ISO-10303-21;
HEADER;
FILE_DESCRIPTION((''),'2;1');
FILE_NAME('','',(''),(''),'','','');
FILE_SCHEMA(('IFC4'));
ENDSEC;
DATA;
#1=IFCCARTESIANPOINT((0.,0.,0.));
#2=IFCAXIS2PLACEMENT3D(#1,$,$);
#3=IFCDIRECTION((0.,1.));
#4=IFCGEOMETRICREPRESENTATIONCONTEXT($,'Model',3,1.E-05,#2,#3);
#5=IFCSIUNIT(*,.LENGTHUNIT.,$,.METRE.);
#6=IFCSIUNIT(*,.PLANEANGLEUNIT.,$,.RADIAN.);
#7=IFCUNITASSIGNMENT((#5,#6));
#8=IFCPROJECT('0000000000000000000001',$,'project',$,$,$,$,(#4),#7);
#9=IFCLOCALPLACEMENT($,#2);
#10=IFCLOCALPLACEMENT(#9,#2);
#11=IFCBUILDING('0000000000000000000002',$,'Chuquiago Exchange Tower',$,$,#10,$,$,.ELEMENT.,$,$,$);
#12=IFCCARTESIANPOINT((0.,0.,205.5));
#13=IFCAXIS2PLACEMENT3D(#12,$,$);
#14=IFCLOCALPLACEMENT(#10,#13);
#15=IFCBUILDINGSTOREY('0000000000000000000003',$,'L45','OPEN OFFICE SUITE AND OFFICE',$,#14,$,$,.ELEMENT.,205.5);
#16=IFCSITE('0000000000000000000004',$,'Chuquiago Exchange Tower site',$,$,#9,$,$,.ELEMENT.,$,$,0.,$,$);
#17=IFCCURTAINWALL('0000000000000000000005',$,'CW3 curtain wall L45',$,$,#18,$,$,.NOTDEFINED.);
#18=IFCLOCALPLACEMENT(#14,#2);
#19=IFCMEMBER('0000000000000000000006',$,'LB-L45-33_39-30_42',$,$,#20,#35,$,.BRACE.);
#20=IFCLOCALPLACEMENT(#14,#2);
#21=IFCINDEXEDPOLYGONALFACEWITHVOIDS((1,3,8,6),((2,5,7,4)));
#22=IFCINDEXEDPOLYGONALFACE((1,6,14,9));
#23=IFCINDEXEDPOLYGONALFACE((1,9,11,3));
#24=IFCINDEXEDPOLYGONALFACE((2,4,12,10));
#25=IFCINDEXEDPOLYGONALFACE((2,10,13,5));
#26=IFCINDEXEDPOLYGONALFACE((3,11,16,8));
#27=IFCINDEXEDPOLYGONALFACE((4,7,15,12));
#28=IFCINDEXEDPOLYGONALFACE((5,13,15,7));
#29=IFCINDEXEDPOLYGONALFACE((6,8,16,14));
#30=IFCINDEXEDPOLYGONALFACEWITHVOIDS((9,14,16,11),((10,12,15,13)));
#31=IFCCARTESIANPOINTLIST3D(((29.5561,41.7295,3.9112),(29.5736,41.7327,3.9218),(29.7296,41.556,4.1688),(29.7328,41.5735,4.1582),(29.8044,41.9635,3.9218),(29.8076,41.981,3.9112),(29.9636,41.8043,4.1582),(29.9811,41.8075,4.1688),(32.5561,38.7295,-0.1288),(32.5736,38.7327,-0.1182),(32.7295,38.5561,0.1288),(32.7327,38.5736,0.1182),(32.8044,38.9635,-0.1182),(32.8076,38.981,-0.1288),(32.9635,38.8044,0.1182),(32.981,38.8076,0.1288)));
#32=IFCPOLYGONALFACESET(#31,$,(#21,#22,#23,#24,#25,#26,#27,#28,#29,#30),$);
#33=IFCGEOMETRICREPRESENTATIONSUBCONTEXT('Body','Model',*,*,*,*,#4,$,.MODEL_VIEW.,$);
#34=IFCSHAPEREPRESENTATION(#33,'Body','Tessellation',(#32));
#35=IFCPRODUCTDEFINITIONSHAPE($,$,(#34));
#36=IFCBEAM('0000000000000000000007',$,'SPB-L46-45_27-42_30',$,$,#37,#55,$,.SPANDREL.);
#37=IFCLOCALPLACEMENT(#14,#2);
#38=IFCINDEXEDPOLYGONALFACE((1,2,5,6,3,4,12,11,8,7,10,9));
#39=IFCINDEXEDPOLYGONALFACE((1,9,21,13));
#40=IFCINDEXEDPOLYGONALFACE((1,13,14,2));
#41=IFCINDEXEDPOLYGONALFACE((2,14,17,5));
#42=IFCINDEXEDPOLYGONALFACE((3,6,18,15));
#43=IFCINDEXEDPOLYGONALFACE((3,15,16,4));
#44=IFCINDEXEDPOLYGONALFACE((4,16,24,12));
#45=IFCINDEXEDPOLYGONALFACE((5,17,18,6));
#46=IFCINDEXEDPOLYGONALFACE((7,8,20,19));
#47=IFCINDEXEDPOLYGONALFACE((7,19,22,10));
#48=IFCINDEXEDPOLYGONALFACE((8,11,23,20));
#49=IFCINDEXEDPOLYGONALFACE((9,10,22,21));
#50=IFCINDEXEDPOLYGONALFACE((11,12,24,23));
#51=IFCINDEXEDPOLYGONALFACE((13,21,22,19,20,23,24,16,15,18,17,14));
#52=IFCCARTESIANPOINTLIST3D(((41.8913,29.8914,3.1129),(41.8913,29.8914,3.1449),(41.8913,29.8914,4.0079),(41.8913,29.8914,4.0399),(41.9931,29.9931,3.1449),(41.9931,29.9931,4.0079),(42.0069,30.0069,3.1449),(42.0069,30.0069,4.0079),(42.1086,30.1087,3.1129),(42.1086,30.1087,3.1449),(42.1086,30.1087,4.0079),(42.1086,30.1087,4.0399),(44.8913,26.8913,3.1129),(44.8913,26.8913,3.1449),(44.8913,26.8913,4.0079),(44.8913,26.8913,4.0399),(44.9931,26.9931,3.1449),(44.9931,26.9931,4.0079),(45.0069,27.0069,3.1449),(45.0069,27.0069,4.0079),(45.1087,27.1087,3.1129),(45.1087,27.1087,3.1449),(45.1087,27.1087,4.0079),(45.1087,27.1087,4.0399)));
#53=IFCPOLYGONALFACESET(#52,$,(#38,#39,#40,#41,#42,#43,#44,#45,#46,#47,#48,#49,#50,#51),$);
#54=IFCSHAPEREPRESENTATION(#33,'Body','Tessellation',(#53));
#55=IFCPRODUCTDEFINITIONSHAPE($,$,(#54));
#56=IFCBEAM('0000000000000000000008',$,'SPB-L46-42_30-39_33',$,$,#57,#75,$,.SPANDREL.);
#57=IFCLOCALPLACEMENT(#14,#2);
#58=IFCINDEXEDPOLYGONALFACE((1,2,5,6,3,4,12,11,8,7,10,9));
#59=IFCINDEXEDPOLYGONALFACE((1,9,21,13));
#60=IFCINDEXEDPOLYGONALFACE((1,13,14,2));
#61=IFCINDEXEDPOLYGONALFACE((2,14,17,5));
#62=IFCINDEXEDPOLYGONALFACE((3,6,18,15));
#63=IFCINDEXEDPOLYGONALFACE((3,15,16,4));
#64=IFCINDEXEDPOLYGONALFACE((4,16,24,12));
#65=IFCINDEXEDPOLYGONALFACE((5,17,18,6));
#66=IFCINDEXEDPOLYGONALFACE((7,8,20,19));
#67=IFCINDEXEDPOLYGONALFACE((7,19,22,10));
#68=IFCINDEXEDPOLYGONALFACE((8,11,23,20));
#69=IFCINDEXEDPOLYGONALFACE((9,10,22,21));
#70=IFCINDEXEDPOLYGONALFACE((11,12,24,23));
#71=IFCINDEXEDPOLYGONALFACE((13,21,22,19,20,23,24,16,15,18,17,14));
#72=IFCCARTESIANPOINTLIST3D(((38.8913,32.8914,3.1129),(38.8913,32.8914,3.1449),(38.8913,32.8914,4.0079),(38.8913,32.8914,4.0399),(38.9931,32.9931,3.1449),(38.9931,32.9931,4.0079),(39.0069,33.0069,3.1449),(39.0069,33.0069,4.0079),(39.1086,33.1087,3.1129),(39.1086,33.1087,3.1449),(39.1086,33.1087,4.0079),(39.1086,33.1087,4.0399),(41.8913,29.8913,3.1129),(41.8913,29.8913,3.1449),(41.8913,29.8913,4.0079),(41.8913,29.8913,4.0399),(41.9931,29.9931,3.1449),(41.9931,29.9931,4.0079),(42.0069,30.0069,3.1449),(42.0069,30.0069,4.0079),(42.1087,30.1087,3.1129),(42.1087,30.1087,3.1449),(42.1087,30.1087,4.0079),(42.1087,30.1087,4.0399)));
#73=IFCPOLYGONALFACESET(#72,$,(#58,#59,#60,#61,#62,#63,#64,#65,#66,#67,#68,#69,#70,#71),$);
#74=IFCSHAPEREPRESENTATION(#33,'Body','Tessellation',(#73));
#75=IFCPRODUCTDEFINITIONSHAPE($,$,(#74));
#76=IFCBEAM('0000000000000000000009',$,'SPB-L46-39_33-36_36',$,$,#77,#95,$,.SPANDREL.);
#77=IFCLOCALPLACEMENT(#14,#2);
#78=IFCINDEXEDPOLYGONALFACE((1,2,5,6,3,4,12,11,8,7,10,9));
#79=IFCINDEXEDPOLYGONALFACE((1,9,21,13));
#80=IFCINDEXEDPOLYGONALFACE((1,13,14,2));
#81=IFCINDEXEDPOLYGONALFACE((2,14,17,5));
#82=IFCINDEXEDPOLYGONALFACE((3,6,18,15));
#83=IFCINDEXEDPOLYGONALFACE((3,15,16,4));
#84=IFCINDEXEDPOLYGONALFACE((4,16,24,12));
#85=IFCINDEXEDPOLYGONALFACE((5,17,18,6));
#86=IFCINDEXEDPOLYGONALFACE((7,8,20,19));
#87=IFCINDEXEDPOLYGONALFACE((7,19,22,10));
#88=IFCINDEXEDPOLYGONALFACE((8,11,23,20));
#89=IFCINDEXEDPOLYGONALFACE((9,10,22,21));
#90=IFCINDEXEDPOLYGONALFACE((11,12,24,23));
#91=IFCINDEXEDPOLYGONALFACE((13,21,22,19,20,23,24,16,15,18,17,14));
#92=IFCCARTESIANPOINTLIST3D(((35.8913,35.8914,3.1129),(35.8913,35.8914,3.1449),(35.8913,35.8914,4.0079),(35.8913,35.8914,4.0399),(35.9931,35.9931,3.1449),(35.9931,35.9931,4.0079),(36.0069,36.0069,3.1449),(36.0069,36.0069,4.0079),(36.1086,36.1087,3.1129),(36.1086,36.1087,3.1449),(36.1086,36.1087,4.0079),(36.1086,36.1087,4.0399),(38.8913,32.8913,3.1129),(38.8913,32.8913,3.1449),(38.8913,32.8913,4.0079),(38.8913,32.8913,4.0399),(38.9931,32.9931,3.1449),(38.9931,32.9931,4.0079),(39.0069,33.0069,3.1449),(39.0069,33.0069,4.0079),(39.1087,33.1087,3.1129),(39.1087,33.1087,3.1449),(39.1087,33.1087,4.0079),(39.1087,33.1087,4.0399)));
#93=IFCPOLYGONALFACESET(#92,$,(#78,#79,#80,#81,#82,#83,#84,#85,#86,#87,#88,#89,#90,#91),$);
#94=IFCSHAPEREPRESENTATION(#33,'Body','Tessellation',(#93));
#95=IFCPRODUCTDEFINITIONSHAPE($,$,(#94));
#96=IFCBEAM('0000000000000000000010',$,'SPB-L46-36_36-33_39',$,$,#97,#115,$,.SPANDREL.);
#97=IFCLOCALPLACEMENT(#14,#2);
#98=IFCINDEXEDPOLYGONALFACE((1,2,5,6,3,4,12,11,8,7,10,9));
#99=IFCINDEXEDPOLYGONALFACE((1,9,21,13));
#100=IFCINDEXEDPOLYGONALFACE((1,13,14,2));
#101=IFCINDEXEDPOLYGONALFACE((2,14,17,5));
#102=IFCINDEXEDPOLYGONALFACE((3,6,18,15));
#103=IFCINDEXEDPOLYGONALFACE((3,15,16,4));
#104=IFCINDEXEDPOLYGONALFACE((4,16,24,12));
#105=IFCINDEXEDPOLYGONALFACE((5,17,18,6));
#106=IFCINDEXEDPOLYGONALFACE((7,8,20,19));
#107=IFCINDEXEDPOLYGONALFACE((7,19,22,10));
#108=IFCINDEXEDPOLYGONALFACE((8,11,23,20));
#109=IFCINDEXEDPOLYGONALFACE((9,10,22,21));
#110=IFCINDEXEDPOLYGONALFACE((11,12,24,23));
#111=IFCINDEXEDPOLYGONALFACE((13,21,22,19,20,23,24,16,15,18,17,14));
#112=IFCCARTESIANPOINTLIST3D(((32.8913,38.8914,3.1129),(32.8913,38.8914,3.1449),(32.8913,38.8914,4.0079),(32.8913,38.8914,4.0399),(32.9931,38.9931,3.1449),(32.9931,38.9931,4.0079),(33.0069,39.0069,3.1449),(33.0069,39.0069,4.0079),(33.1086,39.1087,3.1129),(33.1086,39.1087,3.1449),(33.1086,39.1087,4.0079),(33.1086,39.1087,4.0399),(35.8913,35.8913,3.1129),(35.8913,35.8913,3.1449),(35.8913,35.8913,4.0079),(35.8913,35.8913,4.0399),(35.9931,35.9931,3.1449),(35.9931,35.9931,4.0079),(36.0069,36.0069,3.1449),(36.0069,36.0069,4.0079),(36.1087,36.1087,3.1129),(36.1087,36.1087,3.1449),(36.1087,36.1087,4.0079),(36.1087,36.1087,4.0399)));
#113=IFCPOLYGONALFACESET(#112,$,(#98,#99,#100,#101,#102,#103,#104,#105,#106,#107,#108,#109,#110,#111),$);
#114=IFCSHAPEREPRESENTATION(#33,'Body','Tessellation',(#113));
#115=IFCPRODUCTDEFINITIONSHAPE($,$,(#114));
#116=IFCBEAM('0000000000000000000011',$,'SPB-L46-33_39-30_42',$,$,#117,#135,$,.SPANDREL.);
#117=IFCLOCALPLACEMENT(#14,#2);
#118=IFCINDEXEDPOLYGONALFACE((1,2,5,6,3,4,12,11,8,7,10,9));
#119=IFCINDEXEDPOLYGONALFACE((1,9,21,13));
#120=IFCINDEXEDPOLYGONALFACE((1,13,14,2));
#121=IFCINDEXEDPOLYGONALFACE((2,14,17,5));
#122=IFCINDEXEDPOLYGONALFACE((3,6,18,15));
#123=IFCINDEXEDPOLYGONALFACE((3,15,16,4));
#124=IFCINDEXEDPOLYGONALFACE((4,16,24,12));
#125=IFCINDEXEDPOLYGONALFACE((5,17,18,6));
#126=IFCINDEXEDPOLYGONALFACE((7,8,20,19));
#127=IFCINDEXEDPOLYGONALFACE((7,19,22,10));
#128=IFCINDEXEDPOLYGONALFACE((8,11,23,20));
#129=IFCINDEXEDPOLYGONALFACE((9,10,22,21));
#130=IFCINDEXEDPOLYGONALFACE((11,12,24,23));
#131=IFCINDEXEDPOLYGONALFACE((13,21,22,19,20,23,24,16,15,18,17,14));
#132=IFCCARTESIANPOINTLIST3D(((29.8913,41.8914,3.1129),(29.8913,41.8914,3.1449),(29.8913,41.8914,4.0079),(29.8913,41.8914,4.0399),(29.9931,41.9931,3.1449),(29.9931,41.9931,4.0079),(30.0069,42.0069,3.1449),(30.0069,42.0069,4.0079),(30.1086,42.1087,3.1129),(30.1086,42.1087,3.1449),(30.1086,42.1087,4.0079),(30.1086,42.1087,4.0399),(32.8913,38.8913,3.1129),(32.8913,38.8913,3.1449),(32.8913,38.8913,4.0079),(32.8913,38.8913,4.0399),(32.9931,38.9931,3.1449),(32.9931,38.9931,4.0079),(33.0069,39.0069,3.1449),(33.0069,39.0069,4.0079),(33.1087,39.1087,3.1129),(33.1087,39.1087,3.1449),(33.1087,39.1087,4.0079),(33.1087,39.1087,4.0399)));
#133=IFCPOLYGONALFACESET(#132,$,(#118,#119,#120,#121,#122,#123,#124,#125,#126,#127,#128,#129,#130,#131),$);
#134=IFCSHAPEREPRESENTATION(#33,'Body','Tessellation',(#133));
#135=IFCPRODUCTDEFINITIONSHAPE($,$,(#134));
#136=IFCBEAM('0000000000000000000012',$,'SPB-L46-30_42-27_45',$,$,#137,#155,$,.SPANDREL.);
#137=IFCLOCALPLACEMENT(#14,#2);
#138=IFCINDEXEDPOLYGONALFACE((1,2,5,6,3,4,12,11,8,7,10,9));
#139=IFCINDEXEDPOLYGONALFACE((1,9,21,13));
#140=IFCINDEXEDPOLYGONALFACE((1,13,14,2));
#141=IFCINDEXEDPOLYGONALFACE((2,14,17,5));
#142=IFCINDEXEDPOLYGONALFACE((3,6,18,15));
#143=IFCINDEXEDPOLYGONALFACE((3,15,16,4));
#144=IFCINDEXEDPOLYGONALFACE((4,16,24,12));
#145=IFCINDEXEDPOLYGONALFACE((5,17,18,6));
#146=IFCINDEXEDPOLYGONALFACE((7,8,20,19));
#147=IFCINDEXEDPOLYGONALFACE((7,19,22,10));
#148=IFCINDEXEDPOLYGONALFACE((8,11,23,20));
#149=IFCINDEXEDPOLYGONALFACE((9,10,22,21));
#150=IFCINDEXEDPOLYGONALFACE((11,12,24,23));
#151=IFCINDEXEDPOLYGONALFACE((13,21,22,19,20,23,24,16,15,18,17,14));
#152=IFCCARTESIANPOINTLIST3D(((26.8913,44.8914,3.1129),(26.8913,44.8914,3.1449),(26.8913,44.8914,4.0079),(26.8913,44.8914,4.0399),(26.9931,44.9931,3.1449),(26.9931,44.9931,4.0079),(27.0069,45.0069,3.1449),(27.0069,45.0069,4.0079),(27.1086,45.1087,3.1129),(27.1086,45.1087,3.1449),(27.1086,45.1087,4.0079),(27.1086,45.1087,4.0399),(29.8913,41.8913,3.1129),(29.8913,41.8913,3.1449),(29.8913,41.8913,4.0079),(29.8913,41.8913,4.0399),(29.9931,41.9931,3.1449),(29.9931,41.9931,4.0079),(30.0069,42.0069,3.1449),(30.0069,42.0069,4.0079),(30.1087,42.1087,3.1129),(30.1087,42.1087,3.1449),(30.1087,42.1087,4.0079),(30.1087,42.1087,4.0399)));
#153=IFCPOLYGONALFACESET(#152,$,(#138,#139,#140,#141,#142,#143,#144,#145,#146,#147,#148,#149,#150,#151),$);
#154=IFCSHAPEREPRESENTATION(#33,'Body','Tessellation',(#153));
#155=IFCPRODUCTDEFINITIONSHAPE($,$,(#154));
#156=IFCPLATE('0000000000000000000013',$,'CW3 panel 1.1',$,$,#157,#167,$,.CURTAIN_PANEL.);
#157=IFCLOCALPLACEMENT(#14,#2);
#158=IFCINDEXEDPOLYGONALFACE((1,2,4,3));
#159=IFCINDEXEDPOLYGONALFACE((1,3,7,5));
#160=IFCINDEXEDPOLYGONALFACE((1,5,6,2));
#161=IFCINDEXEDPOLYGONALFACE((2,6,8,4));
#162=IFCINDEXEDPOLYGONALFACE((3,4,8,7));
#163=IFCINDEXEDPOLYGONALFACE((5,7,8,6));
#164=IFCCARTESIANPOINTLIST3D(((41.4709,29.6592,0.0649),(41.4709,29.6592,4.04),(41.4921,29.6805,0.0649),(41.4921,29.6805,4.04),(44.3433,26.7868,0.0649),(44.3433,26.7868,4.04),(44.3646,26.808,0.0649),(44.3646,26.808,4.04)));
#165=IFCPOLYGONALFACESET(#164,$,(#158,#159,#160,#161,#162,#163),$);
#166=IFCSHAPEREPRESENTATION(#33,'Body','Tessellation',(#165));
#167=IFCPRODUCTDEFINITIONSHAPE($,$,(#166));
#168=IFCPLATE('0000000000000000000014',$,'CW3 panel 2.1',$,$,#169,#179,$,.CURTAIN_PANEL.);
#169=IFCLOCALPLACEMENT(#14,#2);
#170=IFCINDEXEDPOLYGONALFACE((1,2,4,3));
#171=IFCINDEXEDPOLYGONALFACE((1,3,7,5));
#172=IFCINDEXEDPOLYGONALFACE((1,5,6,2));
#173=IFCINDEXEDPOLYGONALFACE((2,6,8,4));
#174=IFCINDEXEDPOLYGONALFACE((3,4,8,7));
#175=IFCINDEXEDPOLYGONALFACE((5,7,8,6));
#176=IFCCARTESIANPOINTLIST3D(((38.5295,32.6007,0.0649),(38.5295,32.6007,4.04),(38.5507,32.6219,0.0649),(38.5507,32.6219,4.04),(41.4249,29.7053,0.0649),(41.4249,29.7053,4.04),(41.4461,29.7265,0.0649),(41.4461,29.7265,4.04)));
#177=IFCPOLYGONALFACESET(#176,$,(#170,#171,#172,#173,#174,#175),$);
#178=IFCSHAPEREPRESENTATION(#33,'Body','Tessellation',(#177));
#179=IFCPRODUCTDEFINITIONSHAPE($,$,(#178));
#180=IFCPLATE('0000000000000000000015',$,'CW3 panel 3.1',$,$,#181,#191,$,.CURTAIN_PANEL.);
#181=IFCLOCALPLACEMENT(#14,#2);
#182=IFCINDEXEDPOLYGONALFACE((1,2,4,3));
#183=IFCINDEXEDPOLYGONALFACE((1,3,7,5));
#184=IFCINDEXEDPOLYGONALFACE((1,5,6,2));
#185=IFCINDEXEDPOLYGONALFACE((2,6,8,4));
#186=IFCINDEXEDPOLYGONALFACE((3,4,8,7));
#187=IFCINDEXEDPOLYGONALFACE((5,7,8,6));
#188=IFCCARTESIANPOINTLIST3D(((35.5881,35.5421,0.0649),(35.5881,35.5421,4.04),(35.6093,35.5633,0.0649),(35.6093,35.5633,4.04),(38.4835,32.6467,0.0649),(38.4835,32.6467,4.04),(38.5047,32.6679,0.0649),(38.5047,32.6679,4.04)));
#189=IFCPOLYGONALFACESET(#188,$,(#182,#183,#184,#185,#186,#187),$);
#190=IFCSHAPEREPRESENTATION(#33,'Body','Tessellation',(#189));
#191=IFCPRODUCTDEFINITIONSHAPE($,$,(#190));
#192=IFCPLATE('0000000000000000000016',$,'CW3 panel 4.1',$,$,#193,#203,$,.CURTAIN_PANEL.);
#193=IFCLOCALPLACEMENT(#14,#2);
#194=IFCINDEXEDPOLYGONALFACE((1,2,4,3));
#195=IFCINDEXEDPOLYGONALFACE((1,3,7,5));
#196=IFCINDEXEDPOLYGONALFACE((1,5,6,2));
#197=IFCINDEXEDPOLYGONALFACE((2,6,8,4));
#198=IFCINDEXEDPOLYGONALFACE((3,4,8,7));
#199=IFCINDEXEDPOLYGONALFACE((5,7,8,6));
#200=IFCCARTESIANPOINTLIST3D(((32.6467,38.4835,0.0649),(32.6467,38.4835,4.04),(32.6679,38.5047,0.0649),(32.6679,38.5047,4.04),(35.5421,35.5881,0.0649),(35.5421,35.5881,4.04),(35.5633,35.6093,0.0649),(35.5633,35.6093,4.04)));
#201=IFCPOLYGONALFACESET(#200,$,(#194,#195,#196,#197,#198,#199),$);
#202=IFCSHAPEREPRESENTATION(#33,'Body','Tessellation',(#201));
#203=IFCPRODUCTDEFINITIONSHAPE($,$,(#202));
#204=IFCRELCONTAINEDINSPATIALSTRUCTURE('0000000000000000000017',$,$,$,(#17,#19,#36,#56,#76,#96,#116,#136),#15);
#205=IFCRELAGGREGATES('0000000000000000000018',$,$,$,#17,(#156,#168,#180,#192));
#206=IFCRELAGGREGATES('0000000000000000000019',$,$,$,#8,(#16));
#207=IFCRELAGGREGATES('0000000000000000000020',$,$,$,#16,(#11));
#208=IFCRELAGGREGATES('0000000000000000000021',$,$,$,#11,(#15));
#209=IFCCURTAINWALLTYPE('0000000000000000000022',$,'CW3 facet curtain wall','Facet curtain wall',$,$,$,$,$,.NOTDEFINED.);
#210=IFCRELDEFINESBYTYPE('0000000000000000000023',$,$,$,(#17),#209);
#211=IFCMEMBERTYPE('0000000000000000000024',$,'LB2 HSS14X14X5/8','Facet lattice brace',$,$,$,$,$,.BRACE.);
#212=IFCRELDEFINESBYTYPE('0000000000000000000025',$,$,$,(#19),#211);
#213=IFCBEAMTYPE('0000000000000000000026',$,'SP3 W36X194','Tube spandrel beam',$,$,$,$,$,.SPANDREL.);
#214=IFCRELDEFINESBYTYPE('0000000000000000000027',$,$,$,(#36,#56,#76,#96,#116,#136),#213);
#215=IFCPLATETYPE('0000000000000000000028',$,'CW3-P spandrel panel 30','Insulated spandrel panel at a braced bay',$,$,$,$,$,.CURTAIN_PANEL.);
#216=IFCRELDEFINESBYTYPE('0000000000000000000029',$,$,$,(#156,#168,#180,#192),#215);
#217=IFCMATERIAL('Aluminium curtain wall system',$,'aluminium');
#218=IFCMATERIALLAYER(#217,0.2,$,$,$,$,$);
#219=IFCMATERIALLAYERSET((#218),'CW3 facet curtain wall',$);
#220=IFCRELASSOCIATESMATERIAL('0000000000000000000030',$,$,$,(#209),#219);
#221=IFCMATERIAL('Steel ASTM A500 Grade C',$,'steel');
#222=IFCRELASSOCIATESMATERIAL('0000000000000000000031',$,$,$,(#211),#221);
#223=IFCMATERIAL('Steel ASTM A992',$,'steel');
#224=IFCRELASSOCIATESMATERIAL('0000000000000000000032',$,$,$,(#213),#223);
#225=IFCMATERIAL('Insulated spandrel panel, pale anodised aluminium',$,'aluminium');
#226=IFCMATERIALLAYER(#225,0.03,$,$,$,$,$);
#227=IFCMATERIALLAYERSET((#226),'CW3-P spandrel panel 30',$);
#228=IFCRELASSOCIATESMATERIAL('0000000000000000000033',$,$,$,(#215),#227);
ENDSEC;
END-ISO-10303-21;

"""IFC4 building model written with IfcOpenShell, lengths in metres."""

from ifc_helpers import new_model, si_unit, direction, frame, origin, origin_2d, place, context, subcontext, project, spatial, rectangle, hollow_rectangle, i_section, extrude, material, layer, layer_set, material_profile, profile_set, type_object, element, aggregate, save


model = new_model("IFC4")

# Units and contexts
model_context = context("Model", 3, precision=1e-05, world=origin(), true_north=direction((0.0, 1.0)))
body_context = subcontext(model_context, "Body", "Model", "MODEL_VIEW")
ifc_project = project(units=[si_unit("LENGTHUNIT", "METRE"), si_unit("PLANEANGLEUNIT", "RADIAN")], contexts=[model_context])

# Site, building, storey
site_placement = place(None, origin())
site = spatial("IfcSite", under=ifc_project, at=site_placement, Name="Chuquiago Exchange Tower site", CompositionType="ELEMENT", RefElevation=0.0)
building_placement = place(site_placement, origin())
building = spatial("IfcBuilding", under=site, at=building_placement, Name="Chuquiago Exchange Tower", CompositionType="ELEMENT")
storey_placement = place(building_placement, frame((0.0, 0.0, 205.5)))
storey = spatial("IfcBuildingStorey", under=building, at=storey_placement, Name="L45", Description="OPEN OFFICE SUITE AND OFFICE", CompositionType="ELEMENT", Elevation=205.5)

# Curtain wall
ifc_material_1 = material(Name="Aluminium curtain wall system", Category="aluminium")
ifc_layer_1 = layer(ifc_material_1, 0.2)
ifc_layer_set_1 = layer_set([ifc_layer_1], Name="CW3 facet curtain wall")
curtain_wall_type = type_object("IfcCurtainWallType", Name="CW3 facet curtain wall", Description="Facet curtain wall", PredefinedType="NOTDEFINED", material=ifc_layer_set_1)
curtain_wall_placement = place(storey_placement, origin())
curtain_wall = element("IfcCurtainWall", 1, at=curtain_wall_placement, inside=storey, type_object=curtain_wall_type, Name="CW3 curtain wall L45", PredefinedType="NOTDEFINED")

# Member
ifc_material_2 = material(Name="Steel ASTM A500 Grade C", Category="steel")
ifc_material_profile_1 = material_profile(ifc_material_2, hollow_rectangle(XDim=0.3557, YDim=0.3557, WallThickness=0.0146, at=origin_2d()), Name="HSS14X14X5/8")
ifc_profile_set_1 = profile_set([ifc_material_profile_1], Name="Steel ASTM A500 Grade C")
member_type_1 = type_object("IfcMemberType", Name="LB2 HSS14X14X5/8", Description="Facet lattice brace", PredefinedType="BRACE", material=ifc_profile_set_1)
for number, where, z_axis, x_axis, name in (
    (2, (32.7686, 38.7686, 0.0), (-0.512077, 0.512077, 0.689604), (-0.707107, -0.707107, 0.0), "LB-L45-33_39-30_42"),
):
    element("IfcMember", number, at=place(storey_placement, frame(where, z_axis=z_axis, x_axis=x_axis)), inside=storey, type_object=member_type_1, Name=name, PredefinedType="BRACE", context=body_context, shape_type="SweptSolid", body=[
        extrude(hollow_rectangle(XDim=0.3557, YDim=0.3557, WallThickness=0.0146, at=origin_2d()), origin(), (0.0, 0.0, 1.0), 5.8584),
    ])

# Beams
ifc_material_3 = material(Name="Steel ASTM A992", Category="steel")
ifc_material_profile_2 = material_profile(ifc_material_3, i_section(OverallWidth=0.3074, OverallDepth=0.927, WebThickness=0.0195, FlangeThickness=0.032, at=origin_2d()), Name="W36X194")
ifc_profile_set_2 = profile_set([ifc_material_profile_2], Name="Steel ASTM A992")
beam_type_1 = type_object("IfcBeamType", Name="SP3 W36X194", Description="Tube spandrel beam", PredefinedType="SPANDREL", material=ifc_profile_set_2)
for number, where, z_axis, x_axis, name in (
    (3, (45.0, 27.0, 3.5764), (-0.707107, 0.707107, 0.0), (-0.707107, -0.707107, 0.0), "SPB-L46-45_27-42_30"),
    (4, (42.0, 30.0, 3.5764), (-0.707107, 0.707107, 0.0), (-0.707107, -0.707107, 0.0), "SPB-L46-42_30-39_33"),
    (5, (39.0, 33.0, 3.5764), (-0.707107, 0.707107, 0.0), (-0.707107, -0.707107, 0.0), "SPB-L46-39_33-36_36"),
    (6, (36.0, 36.0, 3.5764), (-0.707107, 0.707107, 0.0), (-0.707107, -0.707107, 0.0), "SPB-L46-36_36-33_39"),
    (7, (33.0, 39.0, 3.5764), (-0.707107, 0.707107, 0.0), (-0.707107, -0.707107, 0.0), "SPB-L46-33_39-30_42"),
    (8, (30.0, 42.0, 3.5764), (-0.707107, 0.707107, 0.0), (-0.707107, -0.707107, 0.0), "SPB-L46-30_42-27_45"),
):
    element("IfcBeam", number, at=place(storey_placement, frame(where, z_axis=z_axis, x_axis=x_axis)), inside=storey, type_object=beam_type_1, Name=name, PredefinedType="SPANDREL", context=body_context, shape_type="SweptSolid", body=[
        extrude(i_section(OverallWidth=0.3074, OverallDepth=0.927, WebThickness=0.0195, FlangeThickness=0.032, at=origin_2d()), origin(), (0.0, 0.0, 1.0), 4.2427),
    ])

# Plates
ifc_material_4 = material(Name="Insulated spandrel panel, pale anodised aluminium", Category="aluminium")
ifc_layer_2 = layer(ifc_material_4, 0.03)
ifc_layer_set_2 = layer_set([ifc_layer_2], Name="CW3-P spandrel panel 30")
plate_type = type_object("IfcPlateType", Name="CW3-P spandrel panel 30", Description="Insulated spandrel panel at a braced bay", PredefinedType="CURTAIN_PANEL", material=ifc_layer_set_2)
plate_1_placement = place(storey_placement, frame((42.9177, 28.2336, 0.0649), z_axis=(0.0, 0.0, 1.0), x_axis=(-0.707107, 0.707107, 0.0)))
plate_1 = element("IfcPlate", 9, at=plate_1_placement, type_object=plate_type, Name="CW3 panel 1.1", PredefinedType="CURTAIN_PANEL", context=body_context, shape_type="SweptSolid", body=[
    extrude(rectangle(XDim=4.0623, YDim=0.03, at=origin_2d()), origin(), (0.0, 0.0, 1.0), 3.9751),
])
plate_2_placement = place(storey_placement, frame((39.9878, 31.1636, 0.0649), z_axis=(0.0, 0.0, 1.0), x_axis=(-0.707107, 0.707107, 0.0)))
plate_2 = element("IfcPlate", 10, at=plate_2_placement, type_object=plate_type, Name="CW3 panel 2.1", PredefinedType="CURTAIN_PANEL", context=body_context, shape_type="SweptSolid", body=[
    extrude(rectangle(XDim=4.0947, YDim=0.03, at=origin_2d()), origin(), (0.0, 0.0, 1.0), 3.9751),
])
plate_3_placement = place(storey_placement, frame((37.0464, 34.105, 0.0649), z_axis=(0.0, 0.0, 1.0), x_axis=(-0.707107, 0.707107, 0.0)))
plate_3 = element("IfcPlate", 11, at=plate_3_placement, type_object=plate_type, Name="CW3 panel 3.1", PredefinedType="CURTAIN_PANEL", context=body_context, shape_type="SweptSolid", body=[
    extrude(rectangle(XDim=4.0947, YDim=0.03, at=origin_2d()), origin(), (0.0, 0.0, 1.0), 3.9751),
])
plate_4_placement = place(storey_placement, frame((34.105, 37.0464, 0.0649), z_axis=(0.0, 0.0, 1.0), x_axis=(-0.707107, 0.707107, 0.0)))
plate_4 = element("IfcPlate", 12, at=plate_4_placement, type_object=plate_type, Name="CW3 panel 4.1", PredefinedType="CURTAIN_PANEL", context=body_context, shape_type="SweptSolid", body=[
    extrude(rectangle(XDim=4.0947, YDim=0.03, at=origin_2d()), origin(), (0.0, 0.0, 1.0), 3.9751),
])
aggregate(curtain_wall, [plate_1, plate_2, plate_3, plate_4])

save(model, "model.ifc")
